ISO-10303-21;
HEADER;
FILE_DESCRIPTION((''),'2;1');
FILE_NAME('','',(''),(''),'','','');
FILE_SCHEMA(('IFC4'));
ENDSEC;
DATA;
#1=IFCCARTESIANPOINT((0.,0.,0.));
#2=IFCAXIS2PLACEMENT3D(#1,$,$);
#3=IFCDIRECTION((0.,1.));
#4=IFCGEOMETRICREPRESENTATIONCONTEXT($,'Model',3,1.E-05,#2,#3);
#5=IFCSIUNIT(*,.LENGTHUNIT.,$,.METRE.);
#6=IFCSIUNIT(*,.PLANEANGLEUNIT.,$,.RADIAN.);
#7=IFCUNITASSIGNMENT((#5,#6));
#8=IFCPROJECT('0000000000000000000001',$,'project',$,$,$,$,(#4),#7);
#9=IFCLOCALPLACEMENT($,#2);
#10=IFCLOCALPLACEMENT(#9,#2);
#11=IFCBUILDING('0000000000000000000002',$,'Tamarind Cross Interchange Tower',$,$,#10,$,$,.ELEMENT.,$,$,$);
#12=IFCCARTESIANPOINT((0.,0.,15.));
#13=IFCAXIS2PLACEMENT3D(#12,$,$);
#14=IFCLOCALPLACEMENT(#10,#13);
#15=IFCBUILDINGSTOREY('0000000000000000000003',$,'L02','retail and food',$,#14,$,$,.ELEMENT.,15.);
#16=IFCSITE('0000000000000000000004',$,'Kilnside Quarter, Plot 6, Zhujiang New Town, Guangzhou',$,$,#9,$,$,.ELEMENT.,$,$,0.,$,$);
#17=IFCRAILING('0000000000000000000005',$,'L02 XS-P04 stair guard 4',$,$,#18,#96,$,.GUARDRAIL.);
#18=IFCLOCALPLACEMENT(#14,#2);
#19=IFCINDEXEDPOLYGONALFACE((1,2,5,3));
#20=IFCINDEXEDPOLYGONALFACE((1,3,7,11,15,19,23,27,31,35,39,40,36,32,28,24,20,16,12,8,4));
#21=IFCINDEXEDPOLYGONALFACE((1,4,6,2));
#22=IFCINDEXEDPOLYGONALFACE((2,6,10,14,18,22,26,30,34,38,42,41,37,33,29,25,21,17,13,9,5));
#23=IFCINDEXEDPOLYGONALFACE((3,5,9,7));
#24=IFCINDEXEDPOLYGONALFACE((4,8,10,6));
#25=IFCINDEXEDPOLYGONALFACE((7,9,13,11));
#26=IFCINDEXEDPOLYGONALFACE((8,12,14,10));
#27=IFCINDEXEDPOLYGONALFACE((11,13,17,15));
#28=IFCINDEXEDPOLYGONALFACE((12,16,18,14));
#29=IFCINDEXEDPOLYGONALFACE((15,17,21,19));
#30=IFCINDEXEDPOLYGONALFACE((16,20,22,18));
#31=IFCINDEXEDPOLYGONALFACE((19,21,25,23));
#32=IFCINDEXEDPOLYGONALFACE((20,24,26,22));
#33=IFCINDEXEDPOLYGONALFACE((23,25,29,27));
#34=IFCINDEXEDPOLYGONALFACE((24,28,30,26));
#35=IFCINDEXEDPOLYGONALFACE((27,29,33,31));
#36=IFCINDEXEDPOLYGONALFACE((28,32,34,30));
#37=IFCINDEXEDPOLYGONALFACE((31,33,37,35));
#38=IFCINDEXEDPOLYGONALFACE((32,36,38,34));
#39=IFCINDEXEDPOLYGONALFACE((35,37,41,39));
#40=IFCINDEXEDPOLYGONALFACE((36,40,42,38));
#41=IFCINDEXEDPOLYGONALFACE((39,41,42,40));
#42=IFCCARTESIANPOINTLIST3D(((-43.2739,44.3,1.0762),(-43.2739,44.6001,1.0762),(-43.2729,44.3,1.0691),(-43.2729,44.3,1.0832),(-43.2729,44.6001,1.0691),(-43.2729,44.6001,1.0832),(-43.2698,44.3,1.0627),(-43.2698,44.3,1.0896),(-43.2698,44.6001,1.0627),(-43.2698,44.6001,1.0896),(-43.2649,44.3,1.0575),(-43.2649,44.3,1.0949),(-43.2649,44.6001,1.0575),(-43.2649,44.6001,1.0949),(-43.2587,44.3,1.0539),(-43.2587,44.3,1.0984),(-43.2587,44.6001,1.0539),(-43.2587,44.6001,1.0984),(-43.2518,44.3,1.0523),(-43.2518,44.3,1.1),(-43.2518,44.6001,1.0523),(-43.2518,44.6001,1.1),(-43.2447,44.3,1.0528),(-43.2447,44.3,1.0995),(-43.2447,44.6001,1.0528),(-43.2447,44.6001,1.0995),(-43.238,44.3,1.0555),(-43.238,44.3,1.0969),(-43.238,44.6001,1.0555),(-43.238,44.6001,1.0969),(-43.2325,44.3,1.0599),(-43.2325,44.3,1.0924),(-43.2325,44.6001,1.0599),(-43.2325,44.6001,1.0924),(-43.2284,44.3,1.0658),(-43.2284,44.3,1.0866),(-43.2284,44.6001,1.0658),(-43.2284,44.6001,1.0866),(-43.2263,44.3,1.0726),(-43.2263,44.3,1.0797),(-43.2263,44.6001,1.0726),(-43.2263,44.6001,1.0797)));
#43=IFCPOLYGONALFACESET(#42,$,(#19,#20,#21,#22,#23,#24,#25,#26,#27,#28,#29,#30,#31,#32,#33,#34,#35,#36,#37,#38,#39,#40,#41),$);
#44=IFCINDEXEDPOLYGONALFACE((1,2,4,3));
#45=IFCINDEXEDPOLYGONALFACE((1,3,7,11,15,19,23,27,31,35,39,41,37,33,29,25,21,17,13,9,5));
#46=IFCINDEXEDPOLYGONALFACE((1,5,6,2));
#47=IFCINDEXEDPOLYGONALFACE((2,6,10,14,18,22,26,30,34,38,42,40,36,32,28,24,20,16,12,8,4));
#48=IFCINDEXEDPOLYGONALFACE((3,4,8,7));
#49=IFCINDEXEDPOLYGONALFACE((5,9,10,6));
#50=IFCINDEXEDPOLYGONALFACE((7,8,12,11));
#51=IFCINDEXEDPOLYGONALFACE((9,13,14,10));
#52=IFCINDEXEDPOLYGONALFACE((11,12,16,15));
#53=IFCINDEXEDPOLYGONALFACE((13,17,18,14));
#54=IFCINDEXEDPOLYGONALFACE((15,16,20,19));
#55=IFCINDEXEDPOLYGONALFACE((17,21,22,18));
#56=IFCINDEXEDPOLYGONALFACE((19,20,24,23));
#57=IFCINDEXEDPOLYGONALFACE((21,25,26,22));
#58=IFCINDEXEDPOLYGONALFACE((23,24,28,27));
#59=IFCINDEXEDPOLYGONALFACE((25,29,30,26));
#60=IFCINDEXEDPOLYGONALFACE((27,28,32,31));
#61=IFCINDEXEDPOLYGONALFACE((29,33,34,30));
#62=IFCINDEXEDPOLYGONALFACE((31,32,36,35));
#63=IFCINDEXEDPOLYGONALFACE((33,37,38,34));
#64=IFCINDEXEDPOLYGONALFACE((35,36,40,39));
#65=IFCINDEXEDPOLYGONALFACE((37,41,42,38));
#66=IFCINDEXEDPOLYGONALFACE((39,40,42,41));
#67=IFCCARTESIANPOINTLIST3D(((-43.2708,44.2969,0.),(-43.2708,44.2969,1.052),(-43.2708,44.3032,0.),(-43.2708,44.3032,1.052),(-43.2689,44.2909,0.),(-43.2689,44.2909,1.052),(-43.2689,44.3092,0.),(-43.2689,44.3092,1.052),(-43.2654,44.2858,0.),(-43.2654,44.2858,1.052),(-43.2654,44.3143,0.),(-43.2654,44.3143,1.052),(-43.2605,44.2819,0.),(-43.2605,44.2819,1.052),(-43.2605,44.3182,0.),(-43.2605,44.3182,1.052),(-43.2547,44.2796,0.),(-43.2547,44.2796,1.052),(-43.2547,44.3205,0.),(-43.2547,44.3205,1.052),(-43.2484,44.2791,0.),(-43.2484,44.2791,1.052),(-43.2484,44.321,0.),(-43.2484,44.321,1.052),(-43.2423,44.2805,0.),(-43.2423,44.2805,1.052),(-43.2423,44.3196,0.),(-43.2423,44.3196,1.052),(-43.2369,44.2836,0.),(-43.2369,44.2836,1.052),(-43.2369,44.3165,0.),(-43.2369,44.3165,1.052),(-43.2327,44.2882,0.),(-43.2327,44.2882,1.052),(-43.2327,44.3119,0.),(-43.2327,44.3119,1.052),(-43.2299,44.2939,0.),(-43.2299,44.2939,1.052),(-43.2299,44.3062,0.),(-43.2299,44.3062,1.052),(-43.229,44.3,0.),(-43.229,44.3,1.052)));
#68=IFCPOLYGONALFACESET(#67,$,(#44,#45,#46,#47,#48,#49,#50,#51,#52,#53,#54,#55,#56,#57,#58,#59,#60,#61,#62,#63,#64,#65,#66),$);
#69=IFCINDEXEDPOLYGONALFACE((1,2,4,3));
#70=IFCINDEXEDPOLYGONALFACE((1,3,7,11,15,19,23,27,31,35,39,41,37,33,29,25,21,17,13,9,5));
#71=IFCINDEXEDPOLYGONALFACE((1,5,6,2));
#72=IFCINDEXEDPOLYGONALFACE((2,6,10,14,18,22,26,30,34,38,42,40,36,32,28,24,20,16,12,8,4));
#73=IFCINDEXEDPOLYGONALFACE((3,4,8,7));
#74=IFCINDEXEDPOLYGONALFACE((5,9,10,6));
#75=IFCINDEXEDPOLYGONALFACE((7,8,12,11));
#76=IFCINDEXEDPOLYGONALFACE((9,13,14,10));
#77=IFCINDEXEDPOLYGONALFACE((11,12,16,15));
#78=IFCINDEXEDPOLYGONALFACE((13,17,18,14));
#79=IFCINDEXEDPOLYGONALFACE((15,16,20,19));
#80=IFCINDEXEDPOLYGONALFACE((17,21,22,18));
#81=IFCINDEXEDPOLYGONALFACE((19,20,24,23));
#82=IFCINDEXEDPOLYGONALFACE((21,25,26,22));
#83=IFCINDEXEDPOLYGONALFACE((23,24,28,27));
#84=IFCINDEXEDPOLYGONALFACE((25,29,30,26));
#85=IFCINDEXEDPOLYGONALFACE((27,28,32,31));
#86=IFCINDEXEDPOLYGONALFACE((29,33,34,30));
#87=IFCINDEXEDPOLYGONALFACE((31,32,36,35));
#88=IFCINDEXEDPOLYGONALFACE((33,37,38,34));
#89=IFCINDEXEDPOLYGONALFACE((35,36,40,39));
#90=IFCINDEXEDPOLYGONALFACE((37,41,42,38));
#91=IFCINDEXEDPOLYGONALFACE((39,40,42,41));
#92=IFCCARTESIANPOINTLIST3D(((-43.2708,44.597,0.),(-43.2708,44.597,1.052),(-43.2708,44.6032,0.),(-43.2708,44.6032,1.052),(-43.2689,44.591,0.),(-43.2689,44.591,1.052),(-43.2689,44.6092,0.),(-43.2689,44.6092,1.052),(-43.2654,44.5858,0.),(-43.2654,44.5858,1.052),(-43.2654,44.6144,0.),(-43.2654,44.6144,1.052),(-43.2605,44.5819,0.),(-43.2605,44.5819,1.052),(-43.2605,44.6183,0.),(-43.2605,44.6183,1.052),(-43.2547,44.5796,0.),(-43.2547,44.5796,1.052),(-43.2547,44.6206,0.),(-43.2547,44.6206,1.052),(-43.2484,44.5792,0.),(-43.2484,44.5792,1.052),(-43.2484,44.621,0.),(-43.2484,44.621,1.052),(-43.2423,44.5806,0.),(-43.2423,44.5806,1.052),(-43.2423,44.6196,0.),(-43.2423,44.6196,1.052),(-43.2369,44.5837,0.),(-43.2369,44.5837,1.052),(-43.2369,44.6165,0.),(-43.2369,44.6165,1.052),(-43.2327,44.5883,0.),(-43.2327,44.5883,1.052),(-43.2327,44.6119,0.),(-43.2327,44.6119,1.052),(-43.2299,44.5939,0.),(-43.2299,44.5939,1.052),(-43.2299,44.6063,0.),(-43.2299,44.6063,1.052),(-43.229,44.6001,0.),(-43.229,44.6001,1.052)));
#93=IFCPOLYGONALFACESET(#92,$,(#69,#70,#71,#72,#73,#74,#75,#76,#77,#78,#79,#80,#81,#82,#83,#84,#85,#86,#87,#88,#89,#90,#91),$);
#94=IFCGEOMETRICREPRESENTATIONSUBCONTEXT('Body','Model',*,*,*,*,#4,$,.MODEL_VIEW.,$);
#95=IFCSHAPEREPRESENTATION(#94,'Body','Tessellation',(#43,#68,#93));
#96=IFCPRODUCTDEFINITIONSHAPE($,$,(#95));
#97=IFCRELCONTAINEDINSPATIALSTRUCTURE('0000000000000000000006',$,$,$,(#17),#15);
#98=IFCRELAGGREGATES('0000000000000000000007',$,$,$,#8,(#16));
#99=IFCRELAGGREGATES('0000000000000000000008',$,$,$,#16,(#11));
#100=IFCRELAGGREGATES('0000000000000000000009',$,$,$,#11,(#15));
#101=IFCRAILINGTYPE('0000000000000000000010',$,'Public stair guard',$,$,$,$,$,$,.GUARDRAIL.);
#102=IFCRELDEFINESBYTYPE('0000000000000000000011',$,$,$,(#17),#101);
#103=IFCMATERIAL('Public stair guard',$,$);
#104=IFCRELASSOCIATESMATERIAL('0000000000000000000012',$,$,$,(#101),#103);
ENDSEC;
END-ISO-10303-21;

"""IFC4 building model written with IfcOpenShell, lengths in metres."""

from ifc_helpers import new_model, si_unit, direction, frame, origin, origin_2d, place, context, subcontext, project, spatial, circle, extrude, material, type_object, element, save


model = new_model("IFC4")

# Units and contexts
model_context = context("Model", 3, precision=1e-05, world=origin(), true_north=direction((0.0, 1.0)))
body_context = subcontext(model_context, "Body", "Model", "MODEL_VIEW")
ifc_project = project(units=[si_unit("LENGTHUNIT", "METRE"), si_unit("PLANEANGLEUNIT", "RADIAN")], contexts=[model_context])

# Site, building, storey
site_placement = place(None, origin())
site = spatial("IfcSite", under=ifc_project, at=site_placement, Name="Kilnside Quarter, Plot 6, Zhujiang New Town, Guangzhou", CompositionType="ELEMENT", RefElevation=0.0)
building_placement = place(site_placement, origin())
building = spatial("IfcBuilding", under=site, at=building_placement, Name="Tamarind Cross Interchange Tower", CompositionType="ELEMENT")
storey_placement = place(building_placement, frame((0.0, 0.0, 15.0)))
storey = spatial("IfcBuildingStorey", under=building, at=storey_placement, Name="L02", Description="retail and food", CompositionType="ELEMENT", Elevation=15.0)

# Railing
ifc_material_1 = material(Name="Public stair guard")
railing_type_1 = type_object("IfcRailingType", Name="Public stair guard", PredefinedType="GUARDRAIL", material=ifc_material_1)
railing_1_placement = place(storey_placement, frame((-43.25, 44.3, 0.0)))
element("IfcRailing", 1, at=railing_1_placement, inside=storey, type_object=railing_type_1, Name="L02 XS-P04 stair guard 4", PredefinedType="GUARDRAIL", context=body_context, shape_type="SweptSolid", body=[
    extrude(circle(Radius=0.0239, at=origin_2d()), frame((0.0, 0.0, 1.0762), z_axis=(0.0, 1.0, 0.0), x_axis=(-1.0, 0.0, 0.0)), (0.0, 0.0, 1.0), 0.3),
    extrude(circle(Radius=0.021, at=origin_2d()), origin(), (0.0, 0.0, 1.0), 1.052),
    extrude(circle(Radius=0.021, at=origin_2d()), frame((0.0, 0.3, 0.0)), (0.0, 0.0, 1.0), 1.052),
])

save(model, "model.ifc")
